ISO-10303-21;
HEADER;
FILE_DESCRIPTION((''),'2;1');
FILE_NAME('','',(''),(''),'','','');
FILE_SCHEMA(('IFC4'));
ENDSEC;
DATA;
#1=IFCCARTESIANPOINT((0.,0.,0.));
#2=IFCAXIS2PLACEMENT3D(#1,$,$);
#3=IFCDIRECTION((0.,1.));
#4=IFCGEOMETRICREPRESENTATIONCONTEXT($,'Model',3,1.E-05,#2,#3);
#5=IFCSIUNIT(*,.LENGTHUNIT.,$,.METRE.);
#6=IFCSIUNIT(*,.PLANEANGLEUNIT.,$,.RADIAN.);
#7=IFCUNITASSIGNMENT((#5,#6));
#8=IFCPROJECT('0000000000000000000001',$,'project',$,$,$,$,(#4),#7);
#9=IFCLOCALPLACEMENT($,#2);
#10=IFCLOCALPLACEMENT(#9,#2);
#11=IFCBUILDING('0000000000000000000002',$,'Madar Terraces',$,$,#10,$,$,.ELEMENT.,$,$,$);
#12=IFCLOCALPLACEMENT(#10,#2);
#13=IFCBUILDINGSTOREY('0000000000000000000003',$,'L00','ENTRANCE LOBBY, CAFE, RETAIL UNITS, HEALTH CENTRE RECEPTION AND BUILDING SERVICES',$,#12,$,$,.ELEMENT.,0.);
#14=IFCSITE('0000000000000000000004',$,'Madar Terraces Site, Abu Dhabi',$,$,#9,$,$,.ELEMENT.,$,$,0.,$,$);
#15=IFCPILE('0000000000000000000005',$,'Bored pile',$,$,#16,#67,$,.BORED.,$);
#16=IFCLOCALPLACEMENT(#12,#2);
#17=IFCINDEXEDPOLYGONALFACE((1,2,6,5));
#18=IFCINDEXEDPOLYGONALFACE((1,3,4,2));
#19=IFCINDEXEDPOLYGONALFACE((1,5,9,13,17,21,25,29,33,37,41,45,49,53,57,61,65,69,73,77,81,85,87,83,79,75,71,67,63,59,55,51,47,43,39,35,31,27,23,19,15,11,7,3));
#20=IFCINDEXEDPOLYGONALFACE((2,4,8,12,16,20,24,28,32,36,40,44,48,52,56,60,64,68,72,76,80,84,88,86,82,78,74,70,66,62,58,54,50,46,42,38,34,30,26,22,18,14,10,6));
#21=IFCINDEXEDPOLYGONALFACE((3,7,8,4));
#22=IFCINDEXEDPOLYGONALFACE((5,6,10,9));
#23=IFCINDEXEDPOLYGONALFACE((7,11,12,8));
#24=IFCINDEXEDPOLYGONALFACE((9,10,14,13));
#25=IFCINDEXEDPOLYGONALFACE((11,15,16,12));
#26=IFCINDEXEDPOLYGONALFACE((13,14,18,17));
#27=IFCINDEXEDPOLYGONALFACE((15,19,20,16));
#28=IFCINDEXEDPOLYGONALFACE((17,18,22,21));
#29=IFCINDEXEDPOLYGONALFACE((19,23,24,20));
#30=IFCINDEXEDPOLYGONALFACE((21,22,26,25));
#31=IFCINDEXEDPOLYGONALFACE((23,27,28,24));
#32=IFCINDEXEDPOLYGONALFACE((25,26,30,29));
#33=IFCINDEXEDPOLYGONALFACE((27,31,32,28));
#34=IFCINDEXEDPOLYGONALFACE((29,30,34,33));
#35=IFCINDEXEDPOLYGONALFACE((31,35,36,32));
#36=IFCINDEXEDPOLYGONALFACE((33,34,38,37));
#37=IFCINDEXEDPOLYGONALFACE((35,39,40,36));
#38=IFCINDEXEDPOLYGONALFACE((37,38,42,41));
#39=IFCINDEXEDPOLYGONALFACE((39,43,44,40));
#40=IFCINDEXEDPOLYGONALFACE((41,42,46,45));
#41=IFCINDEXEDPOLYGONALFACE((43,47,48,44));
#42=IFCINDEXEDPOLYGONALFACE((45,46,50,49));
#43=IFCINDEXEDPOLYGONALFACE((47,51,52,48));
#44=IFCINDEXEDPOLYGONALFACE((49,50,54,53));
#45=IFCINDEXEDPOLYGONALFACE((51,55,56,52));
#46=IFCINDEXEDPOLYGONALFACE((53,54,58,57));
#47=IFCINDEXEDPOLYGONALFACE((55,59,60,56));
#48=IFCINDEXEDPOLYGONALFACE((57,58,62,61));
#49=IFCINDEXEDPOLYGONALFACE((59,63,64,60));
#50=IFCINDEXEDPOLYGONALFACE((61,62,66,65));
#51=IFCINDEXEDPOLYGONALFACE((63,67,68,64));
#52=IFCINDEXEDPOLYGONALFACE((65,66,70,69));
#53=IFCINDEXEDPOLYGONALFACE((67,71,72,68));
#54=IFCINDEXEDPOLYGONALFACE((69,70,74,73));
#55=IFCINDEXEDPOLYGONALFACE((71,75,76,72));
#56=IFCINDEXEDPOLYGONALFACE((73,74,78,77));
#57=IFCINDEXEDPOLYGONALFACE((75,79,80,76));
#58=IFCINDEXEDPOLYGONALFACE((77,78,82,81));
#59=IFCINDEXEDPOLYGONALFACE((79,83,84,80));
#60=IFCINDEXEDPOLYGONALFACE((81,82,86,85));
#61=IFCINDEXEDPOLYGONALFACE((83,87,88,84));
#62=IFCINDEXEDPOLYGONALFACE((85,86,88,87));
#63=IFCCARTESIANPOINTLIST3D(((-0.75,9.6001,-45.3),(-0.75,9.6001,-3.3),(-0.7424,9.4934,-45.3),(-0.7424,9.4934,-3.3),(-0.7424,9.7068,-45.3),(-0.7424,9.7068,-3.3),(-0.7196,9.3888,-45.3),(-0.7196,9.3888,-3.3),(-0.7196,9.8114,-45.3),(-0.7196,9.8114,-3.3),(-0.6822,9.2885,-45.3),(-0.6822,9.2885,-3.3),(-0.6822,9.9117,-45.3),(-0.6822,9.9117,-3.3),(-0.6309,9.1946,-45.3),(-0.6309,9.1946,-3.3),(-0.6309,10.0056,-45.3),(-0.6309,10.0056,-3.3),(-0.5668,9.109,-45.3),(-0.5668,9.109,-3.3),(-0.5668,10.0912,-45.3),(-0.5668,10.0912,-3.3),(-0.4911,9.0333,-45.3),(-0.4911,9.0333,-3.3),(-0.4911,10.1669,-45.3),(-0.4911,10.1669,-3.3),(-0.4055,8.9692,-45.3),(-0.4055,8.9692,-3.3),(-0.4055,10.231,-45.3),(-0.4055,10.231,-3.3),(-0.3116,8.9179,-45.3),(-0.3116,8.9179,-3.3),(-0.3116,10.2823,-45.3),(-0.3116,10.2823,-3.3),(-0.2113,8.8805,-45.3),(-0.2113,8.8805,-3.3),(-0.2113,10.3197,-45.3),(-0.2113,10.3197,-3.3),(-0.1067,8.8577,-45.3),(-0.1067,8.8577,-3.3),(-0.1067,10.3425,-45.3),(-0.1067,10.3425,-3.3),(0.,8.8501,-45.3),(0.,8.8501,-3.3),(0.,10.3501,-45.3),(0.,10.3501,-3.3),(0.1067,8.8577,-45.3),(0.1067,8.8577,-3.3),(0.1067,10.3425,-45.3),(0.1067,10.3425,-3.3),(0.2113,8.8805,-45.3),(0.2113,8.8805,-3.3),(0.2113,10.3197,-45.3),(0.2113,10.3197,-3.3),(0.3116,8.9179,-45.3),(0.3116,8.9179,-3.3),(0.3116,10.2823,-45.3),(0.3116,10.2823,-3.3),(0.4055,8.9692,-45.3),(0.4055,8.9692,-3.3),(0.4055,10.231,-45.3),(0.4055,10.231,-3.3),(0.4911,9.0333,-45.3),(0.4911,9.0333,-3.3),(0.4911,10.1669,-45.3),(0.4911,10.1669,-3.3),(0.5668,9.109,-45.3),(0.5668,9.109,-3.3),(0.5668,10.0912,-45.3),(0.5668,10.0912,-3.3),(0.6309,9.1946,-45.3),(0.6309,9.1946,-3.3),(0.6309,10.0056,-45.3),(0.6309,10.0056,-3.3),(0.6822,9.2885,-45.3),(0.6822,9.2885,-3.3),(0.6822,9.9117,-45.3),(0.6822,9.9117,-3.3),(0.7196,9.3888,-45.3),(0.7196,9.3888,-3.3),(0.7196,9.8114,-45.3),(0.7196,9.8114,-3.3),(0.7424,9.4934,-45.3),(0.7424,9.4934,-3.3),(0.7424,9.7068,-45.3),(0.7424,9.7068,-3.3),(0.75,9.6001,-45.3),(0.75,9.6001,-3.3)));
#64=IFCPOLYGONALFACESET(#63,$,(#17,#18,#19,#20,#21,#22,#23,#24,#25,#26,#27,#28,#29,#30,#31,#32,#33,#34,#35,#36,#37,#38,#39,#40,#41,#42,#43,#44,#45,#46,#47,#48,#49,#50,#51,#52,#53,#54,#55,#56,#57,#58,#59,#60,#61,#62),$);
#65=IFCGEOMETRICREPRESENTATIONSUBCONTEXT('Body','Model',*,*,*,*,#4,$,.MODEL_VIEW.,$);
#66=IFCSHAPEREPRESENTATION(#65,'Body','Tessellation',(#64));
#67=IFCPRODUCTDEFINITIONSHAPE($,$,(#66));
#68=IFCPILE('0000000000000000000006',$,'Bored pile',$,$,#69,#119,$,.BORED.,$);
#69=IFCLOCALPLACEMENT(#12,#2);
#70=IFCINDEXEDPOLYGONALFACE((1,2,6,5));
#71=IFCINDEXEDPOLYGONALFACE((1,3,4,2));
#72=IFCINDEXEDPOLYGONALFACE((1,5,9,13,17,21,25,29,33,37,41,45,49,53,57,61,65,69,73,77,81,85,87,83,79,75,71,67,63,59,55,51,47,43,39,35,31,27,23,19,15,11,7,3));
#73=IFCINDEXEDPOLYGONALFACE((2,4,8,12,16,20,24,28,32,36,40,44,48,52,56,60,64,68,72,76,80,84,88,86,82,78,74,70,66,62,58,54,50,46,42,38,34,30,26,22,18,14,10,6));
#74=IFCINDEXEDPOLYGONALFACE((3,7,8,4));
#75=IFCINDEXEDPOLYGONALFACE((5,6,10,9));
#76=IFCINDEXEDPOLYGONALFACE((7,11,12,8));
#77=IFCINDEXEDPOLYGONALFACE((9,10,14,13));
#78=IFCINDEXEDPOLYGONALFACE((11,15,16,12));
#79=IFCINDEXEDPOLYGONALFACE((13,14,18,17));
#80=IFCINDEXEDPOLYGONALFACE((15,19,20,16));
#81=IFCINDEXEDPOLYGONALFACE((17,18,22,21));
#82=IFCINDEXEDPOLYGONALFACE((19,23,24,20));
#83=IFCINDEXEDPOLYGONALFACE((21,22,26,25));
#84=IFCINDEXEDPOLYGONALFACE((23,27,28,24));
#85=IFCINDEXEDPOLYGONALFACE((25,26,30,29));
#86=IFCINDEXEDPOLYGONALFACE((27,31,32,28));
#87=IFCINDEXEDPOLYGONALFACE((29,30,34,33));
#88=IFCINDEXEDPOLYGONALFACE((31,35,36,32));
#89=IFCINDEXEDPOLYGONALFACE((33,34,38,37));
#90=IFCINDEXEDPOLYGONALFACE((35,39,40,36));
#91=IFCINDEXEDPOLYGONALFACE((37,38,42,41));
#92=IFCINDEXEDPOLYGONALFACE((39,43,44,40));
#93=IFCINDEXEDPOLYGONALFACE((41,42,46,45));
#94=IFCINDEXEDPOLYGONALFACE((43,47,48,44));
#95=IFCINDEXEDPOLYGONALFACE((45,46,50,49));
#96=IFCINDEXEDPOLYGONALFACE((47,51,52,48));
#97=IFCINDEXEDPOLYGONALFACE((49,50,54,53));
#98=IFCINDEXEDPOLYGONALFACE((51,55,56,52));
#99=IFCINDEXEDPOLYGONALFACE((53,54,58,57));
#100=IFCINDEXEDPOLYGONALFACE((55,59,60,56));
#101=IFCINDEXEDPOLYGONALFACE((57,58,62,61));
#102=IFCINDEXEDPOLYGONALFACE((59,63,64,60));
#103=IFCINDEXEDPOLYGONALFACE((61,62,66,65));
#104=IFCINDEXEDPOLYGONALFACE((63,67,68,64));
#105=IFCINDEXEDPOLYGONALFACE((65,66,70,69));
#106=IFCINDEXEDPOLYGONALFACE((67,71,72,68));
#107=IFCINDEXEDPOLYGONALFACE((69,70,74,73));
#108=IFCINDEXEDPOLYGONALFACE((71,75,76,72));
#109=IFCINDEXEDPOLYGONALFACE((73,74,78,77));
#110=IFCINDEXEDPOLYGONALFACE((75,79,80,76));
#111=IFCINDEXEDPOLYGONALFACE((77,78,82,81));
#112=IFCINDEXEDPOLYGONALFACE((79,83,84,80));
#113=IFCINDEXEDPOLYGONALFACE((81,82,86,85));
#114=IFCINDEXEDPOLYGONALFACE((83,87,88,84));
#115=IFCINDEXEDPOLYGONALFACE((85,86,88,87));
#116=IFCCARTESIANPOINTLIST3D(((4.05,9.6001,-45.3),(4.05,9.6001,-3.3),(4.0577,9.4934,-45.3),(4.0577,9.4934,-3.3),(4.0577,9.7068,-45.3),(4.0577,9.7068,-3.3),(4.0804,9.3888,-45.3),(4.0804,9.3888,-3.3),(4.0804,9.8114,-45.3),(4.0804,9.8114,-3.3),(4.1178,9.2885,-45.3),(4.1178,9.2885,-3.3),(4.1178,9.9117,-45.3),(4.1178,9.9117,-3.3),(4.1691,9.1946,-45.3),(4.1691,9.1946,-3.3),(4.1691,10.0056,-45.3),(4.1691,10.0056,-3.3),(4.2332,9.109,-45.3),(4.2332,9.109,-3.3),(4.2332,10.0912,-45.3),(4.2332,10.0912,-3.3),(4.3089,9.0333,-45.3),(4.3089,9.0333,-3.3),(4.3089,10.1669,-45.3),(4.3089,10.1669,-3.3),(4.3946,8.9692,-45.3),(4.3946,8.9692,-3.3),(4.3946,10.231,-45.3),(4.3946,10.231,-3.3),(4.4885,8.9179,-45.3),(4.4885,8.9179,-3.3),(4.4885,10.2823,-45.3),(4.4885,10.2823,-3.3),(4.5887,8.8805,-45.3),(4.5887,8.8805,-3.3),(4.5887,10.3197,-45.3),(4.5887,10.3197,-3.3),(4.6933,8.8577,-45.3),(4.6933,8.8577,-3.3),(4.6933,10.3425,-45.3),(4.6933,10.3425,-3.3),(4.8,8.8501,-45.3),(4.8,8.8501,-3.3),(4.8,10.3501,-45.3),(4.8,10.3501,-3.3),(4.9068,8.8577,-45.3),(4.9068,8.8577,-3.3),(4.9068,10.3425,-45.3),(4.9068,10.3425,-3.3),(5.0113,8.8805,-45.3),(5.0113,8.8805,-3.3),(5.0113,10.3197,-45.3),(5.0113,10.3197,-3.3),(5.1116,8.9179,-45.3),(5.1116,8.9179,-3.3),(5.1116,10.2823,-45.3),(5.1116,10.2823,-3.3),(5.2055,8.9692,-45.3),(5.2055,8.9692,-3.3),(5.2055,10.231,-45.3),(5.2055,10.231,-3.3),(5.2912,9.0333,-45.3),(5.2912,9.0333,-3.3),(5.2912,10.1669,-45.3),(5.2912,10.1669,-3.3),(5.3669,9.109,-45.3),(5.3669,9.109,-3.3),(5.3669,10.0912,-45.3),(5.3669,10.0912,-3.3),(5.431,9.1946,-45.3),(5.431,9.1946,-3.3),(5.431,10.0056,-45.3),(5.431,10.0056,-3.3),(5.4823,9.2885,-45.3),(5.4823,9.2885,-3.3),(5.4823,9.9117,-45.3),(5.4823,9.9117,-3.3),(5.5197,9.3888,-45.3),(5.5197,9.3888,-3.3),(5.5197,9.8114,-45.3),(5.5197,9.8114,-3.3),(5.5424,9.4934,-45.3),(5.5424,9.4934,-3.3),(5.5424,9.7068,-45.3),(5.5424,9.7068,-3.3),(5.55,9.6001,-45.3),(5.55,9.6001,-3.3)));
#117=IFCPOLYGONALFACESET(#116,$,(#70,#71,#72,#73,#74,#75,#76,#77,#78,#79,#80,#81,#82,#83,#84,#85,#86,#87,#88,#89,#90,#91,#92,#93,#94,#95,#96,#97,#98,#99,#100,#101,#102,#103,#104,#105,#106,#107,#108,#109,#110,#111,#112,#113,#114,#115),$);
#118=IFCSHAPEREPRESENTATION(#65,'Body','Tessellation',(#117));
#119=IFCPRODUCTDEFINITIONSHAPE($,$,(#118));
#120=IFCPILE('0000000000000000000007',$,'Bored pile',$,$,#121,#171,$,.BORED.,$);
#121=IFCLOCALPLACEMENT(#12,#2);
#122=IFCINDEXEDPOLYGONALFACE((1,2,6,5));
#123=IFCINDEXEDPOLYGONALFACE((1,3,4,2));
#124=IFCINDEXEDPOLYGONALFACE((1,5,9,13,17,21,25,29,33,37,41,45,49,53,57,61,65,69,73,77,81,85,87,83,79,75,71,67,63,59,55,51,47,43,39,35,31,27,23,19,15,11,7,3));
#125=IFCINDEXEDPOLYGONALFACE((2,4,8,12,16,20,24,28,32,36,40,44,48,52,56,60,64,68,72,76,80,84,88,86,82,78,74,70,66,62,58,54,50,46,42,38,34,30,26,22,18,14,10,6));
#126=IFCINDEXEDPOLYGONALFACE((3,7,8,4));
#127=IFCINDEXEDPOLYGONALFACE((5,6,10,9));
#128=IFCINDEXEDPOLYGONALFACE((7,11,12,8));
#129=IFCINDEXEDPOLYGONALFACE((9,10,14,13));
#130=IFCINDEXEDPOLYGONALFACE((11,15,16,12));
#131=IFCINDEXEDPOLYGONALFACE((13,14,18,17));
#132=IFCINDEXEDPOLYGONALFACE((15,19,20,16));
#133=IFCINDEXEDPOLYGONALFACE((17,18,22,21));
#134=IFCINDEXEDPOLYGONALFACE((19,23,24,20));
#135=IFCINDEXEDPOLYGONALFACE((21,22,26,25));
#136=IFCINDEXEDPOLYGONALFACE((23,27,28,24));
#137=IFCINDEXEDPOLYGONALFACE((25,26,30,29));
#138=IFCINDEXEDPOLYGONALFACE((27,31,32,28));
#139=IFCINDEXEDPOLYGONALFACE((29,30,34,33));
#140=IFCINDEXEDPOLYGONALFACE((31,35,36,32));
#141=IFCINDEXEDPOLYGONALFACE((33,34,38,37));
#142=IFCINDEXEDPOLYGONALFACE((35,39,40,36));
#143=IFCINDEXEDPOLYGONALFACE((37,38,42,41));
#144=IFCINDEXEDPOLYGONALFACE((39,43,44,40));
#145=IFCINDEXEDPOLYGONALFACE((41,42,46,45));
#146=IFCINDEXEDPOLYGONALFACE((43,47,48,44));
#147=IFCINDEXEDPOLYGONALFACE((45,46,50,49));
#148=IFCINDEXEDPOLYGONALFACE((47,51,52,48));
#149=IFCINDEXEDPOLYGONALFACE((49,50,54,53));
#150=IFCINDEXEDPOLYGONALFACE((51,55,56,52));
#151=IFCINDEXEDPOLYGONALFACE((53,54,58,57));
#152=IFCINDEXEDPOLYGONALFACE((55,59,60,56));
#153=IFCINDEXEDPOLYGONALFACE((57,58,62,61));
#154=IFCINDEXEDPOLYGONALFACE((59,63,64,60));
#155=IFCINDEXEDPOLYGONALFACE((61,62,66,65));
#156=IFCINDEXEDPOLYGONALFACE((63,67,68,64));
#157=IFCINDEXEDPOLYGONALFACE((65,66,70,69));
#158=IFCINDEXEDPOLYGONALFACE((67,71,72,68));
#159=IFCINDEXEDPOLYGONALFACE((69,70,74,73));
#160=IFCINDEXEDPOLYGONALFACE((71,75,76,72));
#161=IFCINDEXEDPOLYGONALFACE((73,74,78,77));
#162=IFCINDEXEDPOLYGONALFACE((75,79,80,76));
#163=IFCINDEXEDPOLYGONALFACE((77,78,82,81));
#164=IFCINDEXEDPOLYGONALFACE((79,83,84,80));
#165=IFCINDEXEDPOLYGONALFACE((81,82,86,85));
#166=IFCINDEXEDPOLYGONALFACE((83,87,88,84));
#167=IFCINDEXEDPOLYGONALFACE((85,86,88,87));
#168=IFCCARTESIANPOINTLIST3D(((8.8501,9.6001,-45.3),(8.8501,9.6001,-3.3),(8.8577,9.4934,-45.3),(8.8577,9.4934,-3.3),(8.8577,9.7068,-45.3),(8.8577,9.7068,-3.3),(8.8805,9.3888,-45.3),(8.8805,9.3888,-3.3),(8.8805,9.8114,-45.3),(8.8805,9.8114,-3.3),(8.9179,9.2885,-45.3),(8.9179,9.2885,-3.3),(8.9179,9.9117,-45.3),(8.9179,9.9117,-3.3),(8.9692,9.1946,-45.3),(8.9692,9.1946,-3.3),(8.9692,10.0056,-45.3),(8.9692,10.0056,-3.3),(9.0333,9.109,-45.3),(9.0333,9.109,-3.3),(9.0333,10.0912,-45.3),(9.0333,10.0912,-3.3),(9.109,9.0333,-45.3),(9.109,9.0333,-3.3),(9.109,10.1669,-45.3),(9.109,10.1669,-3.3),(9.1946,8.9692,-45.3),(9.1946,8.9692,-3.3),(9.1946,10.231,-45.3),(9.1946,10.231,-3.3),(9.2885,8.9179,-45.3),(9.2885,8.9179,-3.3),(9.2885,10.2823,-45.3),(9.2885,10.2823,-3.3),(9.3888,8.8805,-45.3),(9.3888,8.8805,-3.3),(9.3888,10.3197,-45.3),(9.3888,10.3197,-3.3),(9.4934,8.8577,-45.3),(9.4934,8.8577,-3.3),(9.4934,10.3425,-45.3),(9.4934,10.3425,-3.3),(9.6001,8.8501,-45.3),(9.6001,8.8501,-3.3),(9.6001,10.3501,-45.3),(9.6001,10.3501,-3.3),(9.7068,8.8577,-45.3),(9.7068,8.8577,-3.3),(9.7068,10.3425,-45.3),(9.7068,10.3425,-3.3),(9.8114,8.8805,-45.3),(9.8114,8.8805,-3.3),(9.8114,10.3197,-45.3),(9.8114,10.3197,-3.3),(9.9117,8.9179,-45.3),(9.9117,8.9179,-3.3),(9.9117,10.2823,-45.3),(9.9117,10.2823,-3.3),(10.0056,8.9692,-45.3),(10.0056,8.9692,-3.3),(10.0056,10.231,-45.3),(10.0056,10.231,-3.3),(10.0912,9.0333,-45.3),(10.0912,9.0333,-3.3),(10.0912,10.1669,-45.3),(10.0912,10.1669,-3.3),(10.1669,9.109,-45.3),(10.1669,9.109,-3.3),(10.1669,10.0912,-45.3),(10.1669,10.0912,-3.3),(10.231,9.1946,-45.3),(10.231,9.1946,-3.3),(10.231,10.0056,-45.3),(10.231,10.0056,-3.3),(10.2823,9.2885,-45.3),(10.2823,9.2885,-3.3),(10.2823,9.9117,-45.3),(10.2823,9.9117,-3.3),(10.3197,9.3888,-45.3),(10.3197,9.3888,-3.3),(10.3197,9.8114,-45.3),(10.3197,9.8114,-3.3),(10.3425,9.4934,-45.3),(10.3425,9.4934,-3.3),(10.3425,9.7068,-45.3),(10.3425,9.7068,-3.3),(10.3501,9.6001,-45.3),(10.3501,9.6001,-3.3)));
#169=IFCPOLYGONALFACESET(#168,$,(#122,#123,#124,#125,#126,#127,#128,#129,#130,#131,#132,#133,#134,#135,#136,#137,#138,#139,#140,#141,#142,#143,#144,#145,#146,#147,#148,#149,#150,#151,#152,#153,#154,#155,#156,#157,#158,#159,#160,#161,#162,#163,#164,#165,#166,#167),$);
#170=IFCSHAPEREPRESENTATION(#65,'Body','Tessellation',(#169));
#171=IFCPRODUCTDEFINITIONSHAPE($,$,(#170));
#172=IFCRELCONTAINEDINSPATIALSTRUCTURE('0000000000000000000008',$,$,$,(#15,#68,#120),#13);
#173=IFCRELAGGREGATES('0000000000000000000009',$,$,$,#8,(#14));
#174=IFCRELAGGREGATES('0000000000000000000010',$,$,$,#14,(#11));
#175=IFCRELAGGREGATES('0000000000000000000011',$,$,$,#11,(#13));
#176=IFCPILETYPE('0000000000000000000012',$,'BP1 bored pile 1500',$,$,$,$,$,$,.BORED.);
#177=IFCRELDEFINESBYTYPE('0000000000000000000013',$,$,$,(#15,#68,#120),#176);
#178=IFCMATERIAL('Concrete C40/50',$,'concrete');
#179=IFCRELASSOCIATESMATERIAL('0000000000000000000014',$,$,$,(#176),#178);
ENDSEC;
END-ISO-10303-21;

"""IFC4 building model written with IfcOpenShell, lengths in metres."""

from ifc_helpers import new_model, si_unit, direction, frame, origin, origin_2d, place, context, subcontext, project, spatial, circle, extrude, material, material_profile, profile_set, type_object, element, save


model = new_model("IFC4")

# Units and contexts
model_context = context("Model", 3, precision=1e-05, world=origin(), true_north=direction((0.0, 1.0)))
body_context = subcontext(model_context, "Body", "Model", "MODEL_VIEW")
ifc_project = project(units=[si_unit("LENGTHUNIT", "METRE"), si_unit("PLANEANGLEUNIT", "RADIAN")], contexts=[model_context])

# Site, building, storey
site_placement = place(None, origin())
site = spatial("IfcSite", under=ifc_project, at=site_placement, Name="Madar Terraces Site, Abu Dhabi", CompositionType="ELEMENT", RefElevation=0.0)
building_placement = place(site_placement, origin())
building = spatial("IfcBuilding", under=site, at=building_placement, Name="Madar Terraces", CompositionType="ELEMENT")
storey_placement = place(building_placement, origin())
storey = spatial("IfcBuildingStorey", under=building, at=storey_placement, Name="L00", Description="ENTRANCE LOBBY, CAFE, RETAIL UNITS, HEALTH CENTRE RECEPTION AND BUILDING SERVICES", CompositionType="ELEMENT", Elevation=0.0)

# Piles
ifc_material_1 = material(Name="Concrete C40/50", Category="concrete")
ifc_material_profile_1 = material_profile(ifc_material_1, circle(Radius=0.75, at=origin_2d()), Name="BP1 bored pile 1500")
ifc_profile_set_1 = profile_set([ifc_material_profile_1], Name="Concrete C40/50")
pile_type = type_object("IfcPileType", Name="BP1 bored pile 1500", PredefinedType="BORED", material=ifc_profile_set_1)
for number, where, z_axis, x_axis, name in (
    (1, (0.0, 9.6001, -3.3), (0.0, 0.0, -1.0), (1.0, 0.0, 0.0), "Bored pile"),
    (2, (4.8, 9.6001, -3.3), (0.0, 0.0, -1.0), (1.0, 0.0, 0.0), "Bored pile"),
    (3, (9.6001, 9.6001, -3.3), (0.0, 0.0, -1.0), (1.0, 0.0, 0.0), "Bored pile"),
):
    element("IfcPile", number, at=place(storey_placement, frame(where, z_axis=z_axis, x_axis=x_axis)), inside=storey, type_object=pile_type, Name=name, PredefinedType="BORED", context=body_context, shape_type="SweptSolid", body=[
        extrude(circle(Radius=0.75, at=origin_2d()), origin(), (0.0, 0.0, 1.0), 42.0),
    ])

save(model, "model.ifc")
